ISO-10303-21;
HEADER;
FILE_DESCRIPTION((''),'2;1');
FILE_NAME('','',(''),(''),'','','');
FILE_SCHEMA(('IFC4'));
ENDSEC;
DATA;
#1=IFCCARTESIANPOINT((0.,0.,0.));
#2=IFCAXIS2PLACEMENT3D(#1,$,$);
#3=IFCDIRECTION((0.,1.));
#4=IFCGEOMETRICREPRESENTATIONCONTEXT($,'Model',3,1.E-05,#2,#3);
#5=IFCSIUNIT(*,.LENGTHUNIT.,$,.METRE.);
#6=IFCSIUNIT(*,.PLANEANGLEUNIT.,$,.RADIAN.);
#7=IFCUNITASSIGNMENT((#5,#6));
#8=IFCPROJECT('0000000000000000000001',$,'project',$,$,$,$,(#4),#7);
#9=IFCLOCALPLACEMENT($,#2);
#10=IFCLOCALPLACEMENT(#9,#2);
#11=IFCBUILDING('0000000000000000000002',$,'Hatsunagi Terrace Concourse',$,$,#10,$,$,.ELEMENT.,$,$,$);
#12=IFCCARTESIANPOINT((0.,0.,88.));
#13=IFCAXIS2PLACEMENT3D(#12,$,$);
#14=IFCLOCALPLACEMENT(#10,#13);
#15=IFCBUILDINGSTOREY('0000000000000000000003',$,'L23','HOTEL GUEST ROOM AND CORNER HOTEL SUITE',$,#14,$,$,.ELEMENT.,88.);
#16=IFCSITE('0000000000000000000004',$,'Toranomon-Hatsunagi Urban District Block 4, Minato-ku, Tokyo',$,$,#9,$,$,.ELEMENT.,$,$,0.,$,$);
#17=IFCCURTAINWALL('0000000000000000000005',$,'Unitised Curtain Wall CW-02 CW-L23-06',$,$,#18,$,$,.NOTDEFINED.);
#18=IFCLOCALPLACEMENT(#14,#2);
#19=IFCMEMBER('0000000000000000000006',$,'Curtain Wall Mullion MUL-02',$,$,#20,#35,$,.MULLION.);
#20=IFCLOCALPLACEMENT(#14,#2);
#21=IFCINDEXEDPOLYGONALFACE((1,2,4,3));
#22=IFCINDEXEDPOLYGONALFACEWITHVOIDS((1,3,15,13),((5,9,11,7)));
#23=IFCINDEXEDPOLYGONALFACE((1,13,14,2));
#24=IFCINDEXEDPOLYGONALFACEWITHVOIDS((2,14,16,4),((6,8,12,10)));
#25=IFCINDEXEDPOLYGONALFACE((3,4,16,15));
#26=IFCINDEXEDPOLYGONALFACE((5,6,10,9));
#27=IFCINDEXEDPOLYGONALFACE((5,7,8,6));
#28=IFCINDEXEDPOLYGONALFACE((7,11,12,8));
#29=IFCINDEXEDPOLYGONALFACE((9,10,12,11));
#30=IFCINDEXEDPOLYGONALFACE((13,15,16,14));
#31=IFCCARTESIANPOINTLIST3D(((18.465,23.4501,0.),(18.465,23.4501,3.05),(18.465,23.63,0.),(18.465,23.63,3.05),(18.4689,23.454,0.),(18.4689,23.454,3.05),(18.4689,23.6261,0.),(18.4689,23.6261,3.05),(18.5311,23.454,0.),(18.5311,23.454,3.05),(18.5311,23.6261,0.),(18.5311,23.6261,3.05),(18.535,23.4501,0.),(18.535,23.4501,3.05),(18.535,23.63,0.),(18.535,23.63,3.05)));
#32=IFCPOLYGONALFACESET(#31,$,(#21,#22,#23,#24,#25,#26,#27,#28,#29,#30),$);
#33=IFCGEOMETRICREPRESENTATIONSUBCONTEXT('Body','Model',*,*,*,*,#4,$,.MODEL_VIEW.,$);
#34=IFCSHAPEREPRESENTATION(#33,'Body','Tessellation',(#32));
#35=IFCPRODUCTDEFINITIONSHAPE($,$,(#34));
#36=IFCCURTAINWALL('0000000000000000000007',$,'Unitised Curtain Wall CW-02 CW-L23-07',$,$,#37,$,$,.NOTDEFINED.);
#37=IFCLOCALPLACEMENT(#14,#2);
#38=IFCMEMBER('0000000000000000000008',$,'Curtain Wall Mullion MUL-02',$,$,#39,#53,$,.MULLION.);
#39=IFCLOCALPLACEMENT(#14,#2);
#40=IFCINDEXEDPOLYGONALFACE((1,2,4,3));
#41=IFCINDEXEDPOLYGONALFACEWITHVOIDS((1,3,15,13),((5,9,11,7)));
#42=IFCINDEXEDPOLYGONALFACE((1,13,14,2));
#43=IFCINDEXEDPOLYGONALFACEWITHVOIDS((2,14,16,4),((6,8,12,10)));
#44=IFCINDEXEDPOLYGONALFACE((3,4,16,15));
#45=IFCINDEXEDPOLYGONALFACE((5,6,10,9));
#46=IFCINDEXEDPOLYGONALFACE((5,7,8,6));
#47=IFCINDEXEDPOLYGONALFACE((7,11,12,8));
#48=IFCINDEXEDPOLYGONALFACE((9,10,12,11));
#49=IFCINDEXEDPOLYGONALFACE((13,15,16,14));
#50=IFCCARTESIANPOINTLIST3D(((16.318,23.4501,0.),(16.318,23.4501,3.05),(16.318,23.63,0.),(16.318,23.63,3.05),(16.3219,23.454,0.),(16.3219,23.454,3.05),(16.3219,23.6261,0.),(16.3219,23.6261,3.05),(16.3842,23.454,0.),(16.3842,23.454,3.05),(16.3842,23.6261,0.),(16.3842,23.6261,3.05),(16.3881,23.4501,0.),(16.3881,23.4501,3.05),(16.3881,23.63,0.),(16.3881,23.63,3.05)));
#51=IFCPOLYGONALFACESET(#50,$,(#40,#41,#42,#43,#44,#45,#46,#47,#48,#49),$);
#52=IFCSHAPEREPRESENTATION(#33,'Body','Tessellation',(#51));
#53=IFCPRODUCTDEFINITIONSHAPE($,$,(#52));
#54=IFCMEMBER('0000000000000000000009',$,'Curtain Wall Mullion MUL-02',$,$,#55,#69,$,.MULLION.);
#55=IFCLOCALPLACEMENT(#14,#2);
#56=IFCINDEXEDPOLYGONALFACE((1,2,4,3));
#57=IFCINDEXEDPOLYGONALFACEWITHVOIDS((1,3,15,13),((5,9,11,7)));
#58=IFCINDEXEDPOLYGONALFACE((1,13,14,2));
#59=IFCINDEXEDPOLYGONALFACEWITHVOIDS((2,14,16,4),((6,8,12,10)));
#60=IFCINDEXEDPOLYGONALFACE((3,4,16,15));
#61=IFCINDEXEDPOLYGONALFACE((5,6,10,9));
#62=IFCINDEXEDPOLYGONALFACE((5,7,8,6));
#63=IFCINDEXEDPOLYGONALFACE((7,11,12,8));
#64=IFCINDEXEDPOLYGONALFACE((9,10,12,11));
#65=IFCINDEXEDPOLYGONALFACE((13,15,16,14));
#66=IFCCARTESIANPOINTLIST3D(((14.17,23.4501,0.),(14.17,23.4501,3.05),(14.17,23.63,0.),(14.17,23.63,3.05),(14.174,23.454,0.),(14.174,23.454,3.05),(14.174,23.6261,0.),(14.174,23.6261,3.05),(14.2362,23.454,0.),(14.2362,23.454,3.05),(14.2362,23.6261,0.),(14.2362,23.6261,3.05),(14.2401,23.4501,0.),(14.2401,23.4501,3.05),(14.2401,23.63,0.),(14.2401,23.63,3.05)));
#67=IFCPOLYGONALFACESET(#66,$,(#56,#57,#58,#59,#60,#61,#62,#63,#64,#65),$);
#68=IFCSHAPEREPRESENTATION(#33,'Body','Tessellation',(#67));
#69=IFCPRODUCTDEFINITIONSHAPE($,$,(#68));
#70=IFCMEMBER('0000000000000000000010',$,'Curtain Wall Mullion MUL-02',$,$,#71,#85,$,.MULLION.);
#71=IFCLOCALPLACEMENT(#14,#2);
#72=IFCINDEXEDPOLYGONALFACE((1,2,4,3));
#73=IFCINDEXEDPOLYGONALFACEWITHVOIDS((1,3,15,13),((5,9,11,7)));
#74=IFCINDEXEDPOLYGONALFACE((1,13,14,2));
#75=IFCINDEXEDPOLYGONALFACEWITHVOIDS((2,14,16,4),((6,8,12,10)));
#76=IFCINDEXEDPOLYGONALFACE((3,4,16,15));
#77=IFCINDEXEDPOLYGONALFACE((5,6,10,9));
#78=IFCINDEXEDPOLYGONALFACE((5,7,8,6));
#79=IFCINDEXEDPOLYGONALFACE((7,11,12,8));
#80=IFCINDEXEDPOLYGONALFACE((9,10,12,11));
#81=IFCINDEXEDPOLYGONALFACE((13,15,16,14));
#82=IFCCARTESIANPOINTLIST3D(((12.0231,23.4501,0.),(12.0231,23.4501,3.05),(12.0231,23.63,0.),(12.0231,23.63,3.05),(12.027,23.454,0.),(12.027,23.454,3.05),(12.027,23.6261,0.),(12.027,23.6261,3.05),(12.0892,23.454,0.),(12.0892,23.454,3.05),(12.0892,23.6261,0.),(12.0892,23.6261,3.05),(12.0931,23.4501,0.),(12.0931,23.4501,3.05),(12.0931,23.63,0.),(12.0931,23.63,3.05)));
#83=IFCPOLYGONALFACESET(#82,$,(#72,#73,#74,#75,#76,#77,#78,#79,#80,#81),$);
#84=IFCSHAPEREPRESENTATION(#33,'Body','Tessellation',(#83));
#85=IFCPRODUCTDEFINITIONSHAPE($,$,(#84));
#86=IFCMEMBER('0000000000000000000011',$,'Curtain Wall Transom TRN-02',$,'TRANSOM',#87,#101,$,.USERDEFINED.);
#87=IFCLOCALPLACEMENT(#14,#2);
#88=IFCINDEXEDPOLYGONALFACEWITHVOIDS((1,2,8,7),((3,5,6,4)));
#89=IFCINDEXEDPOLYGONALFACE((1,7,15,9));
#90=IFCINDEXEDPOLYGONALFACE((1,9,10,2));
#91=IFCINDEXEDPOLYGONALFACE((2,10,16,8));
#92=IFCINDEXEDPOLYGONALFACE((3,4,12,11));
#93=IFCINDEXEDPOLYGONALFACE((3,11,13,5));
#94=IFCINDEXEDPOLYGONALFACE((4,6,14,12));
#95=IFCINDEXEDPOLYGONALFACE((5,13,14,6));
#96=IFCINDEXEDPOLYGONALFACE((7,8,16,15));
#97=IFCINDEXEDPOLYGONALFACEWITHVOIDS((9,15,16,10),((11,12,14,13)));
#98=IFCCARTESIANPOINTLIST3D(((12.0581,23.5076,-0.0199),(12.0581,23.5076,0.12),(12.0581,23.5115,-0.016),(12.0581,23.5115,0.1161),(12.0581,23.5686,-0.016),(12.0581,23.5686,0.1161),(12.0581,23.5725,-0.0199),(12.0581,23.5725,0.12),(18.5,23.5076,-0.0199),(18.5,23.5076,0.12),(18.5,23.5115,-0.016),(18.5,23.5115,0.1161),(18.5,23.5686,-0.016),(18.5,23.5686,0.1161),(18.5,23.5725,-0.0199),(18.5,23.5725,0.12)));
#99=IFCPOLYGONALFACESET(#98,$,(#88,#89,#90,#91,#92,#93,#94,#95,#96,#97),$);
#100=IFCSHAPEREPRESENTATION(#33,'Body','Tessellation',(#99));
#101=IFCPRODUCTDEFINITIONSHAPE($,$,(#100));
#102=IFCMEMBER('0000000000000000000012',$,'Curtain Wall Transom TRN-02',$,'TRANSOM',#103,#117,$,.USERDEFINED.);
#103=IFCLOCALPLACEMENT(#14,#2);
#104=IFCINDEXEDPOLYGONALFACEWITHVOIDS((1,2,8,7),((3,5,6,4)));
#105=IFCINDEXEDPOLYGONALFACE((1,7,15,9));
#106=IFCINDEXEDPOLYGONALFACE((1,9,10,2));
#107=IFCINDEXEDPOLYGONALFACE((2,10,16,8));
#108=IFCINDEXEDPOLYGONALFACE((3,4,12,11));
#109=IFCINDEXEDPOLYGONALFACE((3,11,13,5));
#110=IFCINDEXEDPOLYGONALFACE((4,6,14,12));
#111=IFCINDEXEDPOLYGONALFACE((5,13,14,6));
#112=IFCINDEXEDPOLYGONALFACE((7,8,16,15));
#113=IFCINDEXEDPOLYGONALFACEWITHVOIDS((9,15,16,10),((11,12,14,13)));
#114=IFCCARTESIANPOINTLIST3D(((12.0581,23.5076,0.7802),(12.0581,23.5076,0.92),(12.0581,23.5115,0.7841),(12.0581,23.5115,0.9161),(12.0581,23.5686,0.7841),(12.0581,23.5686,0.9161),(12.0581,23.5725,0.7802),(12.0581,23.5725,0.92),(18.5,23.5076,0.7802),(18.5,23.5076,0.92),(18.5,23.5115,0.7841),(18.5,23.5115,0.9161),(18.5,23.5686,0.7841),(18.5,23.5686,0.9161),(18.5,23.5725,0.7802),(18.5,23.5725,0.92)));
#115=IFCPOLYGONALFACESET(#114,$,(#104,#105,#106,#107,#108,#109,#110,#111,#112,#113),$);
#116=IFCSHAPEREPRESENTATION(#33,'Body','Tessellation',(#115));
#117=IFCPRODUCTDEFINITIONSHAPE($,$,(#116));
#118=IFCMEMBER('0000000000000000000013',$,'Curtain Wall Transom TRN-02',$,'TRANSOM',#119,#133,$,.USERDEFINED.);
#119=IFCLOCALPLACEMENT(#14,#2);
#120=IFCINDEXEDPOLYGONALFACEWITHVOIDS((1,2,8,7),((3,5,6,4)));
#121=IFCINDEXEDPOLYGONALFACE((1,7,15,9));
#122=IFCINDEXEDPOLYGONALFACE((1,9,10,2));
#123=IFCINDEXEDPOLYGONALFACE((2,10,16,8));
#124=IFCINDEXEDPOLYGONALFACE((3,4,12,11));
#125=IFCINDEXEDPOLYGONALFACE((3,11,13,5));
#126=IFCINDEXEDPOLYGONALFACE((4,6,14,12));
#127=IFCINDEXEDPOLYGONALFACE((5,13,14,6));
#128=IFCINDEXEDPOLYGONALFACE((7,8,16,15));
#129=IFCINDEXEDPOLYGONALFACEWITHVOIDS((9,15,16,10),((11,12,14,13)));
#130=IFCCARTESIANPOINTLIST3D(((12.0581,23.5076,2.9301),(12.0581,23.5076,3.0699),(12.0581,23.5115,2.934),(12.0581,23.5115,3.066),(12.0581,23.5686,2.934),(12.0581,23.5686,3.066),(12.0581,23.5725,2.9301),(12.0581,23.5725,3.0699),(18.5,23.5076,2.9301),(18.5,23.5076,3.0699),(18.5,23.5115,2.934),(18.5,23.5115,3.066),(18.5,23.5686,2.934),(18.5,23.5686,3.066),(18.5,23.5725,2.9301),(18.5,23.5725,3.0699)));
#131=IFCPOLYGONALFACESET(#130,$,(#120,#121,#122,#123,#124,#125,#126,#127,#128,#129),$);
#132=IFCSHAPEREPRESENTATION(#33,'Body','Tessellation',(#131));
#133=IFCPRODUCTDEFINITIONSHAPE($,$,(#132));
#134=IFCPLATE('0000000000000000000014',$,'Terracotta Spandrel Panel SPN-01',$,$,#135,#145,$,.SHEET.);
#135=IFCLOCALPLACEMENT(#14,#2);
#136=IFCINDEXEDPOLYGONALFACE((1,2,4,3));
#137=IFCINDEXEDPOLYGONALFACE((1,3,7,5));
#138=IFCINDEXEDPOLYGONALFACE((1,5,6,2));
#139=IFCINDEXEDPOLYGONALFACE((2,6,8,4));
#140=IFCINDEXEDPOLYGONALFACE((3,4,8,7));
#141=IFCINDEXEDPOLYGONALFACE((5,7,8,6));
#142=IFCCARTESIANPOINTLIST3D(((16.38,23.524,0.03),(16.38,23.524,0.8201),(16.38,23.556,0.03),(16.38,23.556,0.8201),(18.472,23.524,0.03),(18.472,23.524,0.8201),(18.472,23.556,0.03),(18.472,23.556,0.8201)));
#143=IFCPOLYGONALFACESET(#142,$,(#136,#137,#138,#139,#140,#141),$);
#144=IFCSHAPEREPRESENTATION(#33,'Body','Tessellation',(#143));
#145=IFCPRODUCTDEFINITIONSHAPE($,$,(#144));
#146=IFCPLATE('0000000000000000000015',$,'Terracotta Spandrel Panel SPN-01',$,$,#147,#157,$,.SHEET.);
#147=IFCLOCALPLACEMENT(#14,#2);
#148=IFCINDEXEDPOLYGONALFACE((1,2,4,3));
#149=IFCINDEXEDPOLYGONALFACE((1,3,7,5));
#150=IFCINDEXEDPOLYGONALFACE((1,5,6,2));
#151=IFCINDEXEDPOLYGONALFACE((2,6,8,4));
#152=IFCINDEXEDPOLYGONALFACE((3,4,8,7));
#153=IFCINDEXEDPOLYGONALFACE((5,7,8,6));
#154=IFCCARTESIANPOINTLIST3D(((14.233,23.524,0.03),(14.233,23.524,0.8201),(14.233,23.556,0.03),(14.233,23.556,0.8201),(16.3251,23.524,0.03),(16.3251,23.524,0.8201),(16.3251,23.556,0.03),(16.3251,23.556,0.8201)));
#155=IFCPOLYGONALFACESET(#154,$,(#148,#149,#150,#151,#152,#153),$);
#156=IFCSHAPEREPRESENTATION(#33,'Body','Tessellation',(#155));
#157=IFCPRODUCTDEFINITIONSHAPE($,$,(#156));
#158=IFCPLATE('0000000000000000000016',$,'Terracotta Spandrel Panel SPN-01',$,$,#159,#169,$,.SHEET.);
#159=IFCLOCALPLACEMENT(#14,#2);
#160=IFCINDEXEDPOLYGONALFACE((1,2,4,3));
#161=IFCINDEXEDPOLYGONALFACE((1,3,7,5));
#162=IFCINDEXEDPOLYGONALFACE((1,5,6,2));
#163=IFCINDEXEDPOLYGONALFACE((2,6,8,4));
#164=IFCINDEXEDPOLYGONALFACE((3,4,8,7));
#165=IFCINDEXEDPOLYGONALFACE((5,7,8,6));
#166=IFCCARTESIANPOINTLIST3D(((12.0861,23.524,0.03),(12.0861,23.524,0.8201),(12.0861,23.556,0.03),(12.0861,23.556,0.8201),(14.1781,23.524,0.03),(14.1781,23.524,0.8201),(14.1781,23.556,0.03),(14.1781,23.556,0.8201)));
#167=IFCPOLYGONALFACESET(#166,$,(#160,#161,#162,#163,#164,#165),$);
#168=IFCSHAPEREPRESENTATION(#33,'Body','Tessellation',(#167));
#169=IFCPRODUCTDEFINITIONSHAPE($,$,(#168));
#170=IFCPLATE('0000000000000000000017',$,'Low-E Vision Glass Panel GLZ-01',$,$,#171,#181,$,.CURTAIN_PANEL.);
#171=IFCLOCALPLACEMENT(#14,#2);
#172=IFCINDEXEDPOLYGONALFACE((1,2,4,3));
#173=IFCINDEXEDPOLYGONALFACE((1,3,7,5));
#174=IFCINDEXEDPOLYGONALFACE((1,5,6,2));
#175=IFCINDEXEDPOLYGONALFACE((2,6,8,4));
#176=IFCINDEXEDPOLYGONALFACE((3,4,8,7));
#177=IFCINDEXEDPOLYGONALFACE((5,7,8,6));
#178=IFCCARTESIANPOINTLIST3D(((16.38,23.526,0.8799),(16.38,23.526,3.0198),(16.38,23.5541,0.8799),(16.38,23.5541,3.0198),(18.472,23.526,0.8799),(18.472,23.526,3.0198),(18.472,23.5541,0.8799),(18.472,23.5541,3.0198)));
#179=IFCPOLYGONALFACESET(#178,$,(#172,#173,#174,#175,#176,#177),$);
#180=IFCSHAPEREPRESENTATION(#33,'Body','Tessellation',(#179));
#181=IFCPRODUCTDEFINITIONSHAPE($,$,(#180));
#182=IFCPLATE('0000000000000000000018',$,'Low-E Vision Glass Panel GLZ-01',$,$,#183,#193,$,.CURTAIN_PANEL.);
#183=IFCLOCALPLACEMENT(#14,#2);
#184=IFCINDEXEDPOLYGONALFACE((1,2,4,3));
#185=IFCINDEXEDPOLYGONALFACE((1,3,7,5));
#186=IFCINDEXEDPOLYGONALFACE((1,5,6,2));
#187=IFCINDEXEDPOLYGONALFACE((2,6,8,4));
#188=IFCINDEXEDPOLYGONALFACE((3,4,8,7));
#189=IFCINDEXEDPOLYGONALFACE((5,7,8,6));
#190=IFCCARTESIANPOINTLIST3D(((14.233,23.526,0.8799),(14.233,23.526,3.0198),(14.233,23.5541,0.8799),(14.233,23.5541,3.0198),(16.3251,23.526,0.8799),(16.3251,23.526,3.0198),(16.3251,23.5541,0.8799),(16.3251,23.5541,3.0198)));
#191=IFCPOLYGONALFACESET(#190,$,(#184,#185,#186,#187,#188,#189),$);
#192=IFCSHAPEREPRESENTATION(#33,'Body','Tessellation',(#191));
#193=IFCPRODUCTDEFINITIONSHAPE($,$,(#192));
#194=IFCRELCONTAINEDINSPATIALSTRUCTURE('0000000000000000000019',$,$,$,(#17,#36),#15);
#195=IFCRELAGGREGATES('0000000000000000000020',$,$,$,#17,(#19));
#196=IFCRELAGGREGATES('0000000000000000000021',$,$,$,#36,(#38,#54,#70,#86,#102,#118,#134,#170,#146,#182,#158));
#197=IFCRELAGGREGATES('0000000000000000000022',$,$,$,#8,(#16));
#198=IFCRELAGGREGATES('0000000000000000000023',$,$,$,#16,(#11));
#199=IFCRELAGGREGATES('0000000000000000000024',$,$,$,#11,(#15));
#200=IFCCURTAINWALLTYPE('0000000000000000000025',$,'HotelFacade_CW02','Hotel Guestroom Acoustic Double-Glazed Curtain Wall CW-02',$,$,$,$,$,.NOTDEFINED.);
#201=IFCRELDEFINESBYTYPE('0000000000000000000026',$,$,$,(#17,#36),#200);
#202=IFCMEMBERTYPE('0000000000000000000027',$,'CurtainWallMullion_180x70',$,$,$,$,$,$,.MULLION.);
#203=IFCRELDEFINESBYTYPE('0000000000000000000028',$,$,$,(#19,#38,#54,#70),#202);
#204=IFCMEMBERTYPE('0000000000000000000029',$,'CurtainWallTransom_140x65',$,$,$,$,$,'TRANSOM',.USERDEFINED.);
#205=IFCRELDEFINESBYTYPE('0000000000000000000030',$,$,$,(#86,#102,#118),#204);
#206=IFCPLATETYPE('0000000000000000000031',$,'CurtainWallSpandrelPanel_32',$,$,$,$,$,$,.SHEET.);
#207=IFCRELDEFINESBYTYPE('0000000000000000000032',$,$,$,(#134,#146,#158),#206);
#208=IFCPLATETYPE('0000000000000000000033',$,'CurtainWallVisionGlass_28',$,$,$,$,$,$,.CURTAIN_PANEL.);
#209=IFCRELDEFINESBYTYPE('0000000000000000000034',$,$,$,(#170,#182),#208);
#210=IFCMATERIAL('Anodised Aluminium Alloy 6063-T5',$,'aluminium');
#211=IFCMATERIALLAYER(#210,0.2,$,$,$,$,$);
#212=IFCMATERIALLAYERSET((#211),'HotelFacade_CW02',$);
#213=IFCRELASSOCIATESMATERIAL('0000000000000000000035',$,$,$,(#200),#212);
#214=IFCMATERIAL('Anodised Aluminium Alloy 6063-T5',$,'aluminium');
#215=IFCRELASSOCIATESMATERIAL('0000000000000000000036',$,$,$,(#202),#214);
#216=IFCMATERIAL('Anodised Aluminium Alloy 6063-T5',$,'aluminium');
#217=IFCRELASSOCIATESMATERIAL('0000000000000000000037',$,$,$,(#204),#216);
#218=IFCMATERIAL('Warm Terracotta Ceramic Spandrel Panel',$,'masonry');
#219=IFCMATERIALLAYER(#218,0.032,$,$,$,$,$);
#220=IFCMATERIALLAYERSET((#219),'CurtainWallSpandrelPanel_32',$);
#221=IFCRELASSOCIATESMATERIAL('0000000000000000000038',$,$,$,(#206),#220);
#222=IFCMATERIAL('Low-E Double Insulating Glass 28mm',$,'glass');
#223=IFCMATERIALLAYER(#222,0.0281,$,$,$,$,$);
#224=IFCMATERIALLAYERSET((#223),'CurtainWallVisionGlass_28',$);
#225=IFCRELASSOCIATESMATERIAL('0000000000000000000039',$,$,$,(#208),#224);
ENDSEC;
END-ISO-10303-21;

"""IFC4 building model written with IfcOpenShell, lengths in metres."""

from ifc_helpers import new_model, si_unit, direction, frame, origin, origin_2d, place, context, subcontext, project, spatial, rectangle, hollow_rectangle, extrude, material, layer, layer_set, material_profile, profile_set, type_object, element, aggregate, save


model = new_model("IFC4")

# Units and contexts
model_context = context("Model", 3, precision=1e-05, world=origin(), true_north=direction((0.0, 1.0)))
body_context = subcontext(model_context, "Body", "Model", "MODEL_VIEW")
ifc_project = project(units=[si_unit("LENGTHUNIT", "METRE"), si_unit("PLANEANGLEUNIT", "RADIAN")], contexts=[model_context])

# Site, building, storey
site_placement = place(None, origin())
site = spatial("IfcSite", under=ifc_project, at=site_placement, Name="Toranomon-Hatsunagi Urban District Block 4, Minato-ku, Tokyo", CompositionType="ELEMENT", RefElevation=0.0)
building_placement = place(site_placement, origin())
building = spatial("IfcBuilding", under=site, at=building_placement, Name="Hatsunagi Terrace Concourse", CompositionType="ELEMENT")
storey_placement = place(building_placement, frame((0.0, 0.0, 88.0)))
storey = spatial("IfcBuildingStorey", under=building, at=storey_placement, Name="L23", Description="HOTEL GUEST ROOM AND CORNER HOTEL SUITE", CompositionType="ELEMENT", Elevation=88.0)

# Curtain wall, member
ifc_material_1 = material(Name="Anodised Aluminium Alloy 6063-T5", Category="aluminium")
ifc_layer_1 = layer(ifc_material_1, 0.2)
ifc_layer_set_1 = layer_set([ifc_layer_1], Name="HotelFacade_CW02")
curtain_wall_type = type_object("IfcCurtainWallType", Name="HotelFacade_CW02", Description="Hotel Guestroom Acoustic Double-Glazed Curtain Wall CW-02", PredefinedType="NOTDEFINED", material=ifc_layer_set_1)
curtain_wall_1_placement = place(storey_placement, origin())
curtain_wall_1 = element("IfcCurtainWall", 1, at=curtain_wall_1_placement, inside=storey, type_object=curtain_wall_type, Name="Unitised Curtain Wall CW-02 CW-L23-06", PredefinedType="NOTDEFINED")
ifc_material_2 = material(Name="Anodised Aluminium Alloy 6063-T5", Category="aluminium")
ifc_material_profile_1 = material_profile(ifc_material_2, hollow_rectangle(XDim=0.0701, YDim=0.1799, WallThickness=0.0039, at=origin_2d()), Name="ALU-MUL-180x70x4")
ifc_profile_set_1 = profile_set([ifc_material_profile_1], Name="Anodised Aluminium Alloy 6063-T5")
member_type_1 = type_object("IfcMemberType", Name="CurtainWallMullion_180x70", PredefinedType="MULLION", material=ifc_profile_set_1)
member_1_placement = place(storey_placement, frame((18.5, 23.54, 0.0), z_axis=(0.0, 0.0, 1.0), x_axis=(-1.0, 0.0, 0.0)))
member_1 = element("IfcMember", 2, at=member_1_placement, type_object=member_type_1, Name="Curtain Wall Mullion MUL-02", PredefinedType="MULLION", context=body_context, shape_type="SweptSolid", body=[
    extrude(hollow_rectangle(XDim=0.0701, YDim=0.1799, WallThickness=0.0039, at=origin_2d()), origin(), (0.0, 0.0, 1.0), 3.05),
])
aggregate(curtain_wall_1, [member_1])

# Curtain wall, members, plates
curtain_wall_2_placement = place(storey_placement, origin())
curtain_wall_2 = element("IfcCurtainWall", 3, at=curtain_wall_2_placement, inside=storey, type_object=curtain_wall_type, Name="Unitised Curtain Wall CW-02 CW-L23-07", PredefinedType="NOTDEFINED")
member_2_placement = place(storey_placement, frame((16.353, 23.54, 0.0), z_axis=(0.0, 0.0, 1.0), x_axis=(-1.0, 0.0, 0.0)))
member_2 = element("IfcMember", 4, at=member_2_placement, type_object=member_type_1, Name="Curtain Wall Mullion MUL-02", PredefinedType="MULLION", context=body_context, shape_type="SweptSolid", body=[
    extrude(hollow_rectangle(XDim=0.0701, YDim=0.1799, WallThickness=0.0039, at=origin_2d()), origin(), (0.0, 0.0, 1.0), 3.05),
])
member_3_placement = place(storey_placement, frame((14.2051, 23.54, 0.0), z_axis=(0.0, 0.0, 1.0), x_axis=(-1.0, 0.0, 0.0)))
member_3 = element("IfcMember", 5, at=member_3_placement, type_object=member_type_1, Name="Curtain Wall Mullion MUL-02", PredefinedType="MULLION", context=body_context, shape_type="SweptSolid", body=[
    extrude(hollow_rectangle(XDim=0.0701, YDim=0.1799, WallThickness=0.0039, at=origin_2d()), origin(), (0.0, 0.0, 1.0), 3.05),
])
member_4_placement = place(storey_placement, frame((12.0581, 23.54, 0.0), z_axis=(0.0, 0.0, 1.0), x_axis=(-1.0, 0.0, 0.0)))
member_4 = element("IfcMember", 6, at=member_4_placement, type_object=member_type_1, Name="Curtain Wall Mullion MUL-02", PredefinedType="MULLION", context=body_context, shape_type="SweptSolid", body=[
    extrude(hollow_rectangle(XDim=0.0701, YDim=0.1799, WallThickness=0.0039, at=origin_2d()), origin(), (0.0, 0.0, 1.0), 3.05),
])
ifc_material_3 = material(Name="Anodised Aluminium Alloy 6063-T5", Category="aluminium")
ifc_material_profile_2 = material_profile(ifc_material_3, hollow_rectangle(XDim=0.0649, YDim=0.1399, WallThickness=0.0039, at=origin_2d()), Name="ALU-TRN-140x65x4")
ifc_profile_set_2 = profile_set([ifc_material_profile_2], Name="Anodised Aluminium Alloy 6063-T5")
member_type_2 = type_object("IfcMemberType", Name="CurtainWallTransom_140x65", ElementType="TRANSOM", PredefinedType="USERDEFINED", material=ifc_profile_set_2)
member_5_placement = place(storey_placement, frame((18.5, 23.54, 0.05), z_axis=(-1.0, 0.0, 0.0), x_axis=(0.0, -1.0, 0.0)))
member_5 = element("IfcMember", 7, at=member_5_placement, type_object=member_type_2, Name="Curtain Wall Transom TRN-02", ObjectType="TRANSOM", PredefinedType="USERDEFINED", context=body_context, shape_type="SweptSolid", body=[
    extrude(hollow_rectangle(XDim=0.0649, YDim=0.1399, WallThickness=0.0039, at=origin_2d()), origin(), (0.0, 0.0, 1.0), 6.4419),
])
member_6_placement = place(storey_placement, frame((18.5, 23.54, 0.8501), z_axis=(-1.0, 0.0, 0.0), x_axis=(0.0, -1.0, 0.0)))
member_6 = element("IfcMember", 8, at=member_6_placement, type_object=member_type_2, Name="Curtain Wall Transom TRN-02", ObjectType="TRANSOM", PredefinedType="USERDEFINED", context=body_context, shape_type="SweptSolid", body=[
    extrude(hollow_rectangle(XDim=0.0649, YDim=0.1399, WallThickness=0.0039, at=origin_2d()), origin(), (0.0, 0.0, 1.0), 6.4419),
])
member_7_placement = place(storey_placement, frame((18.5, 23.54, 3.0), z_axis=(-1.0, 0.0, 0.0), x_axis=(0.0, -1.0, 0.0)))
member_7 = element("IfcMember", 9, at=member_7_placement, type_object=member_type_2, Name="Curtain Wall Transom TRN-02", ObjectType="TRANSOM", PredefinedType="USERDEFINED", context=body_context, shape_type="SweptSolid", body=[
    extrude(hollow_rectangle(XDim=0.0649, YDim=0.1399, WallThickness=0.0039, at=origin_2d()), origin(), (0.0, 0.0, 1.0), 6.4419),
])
ifc_material_4 = material(Name="Warm Terracotta Ceramic Spandrel Panel", Category="masonry")
ifc_layer_2 = layer(ifc_material_4, 0.032)
ifc_layer_set_2 = layer_set([ifc_layer_2], Name="CurtainWallSpandrelPanel_32")
plate_type_1 = type_object("IfcPlateType", Name="CurtainWallSpandrelPanel_32", PredefinedType="SHEET", material=ifc_layer_set_2)
plate_1_placement = place(storey_placement, frame((17.426, 23.54, 0.03), z_axis=(0.0, 0.0, 1.0), x_axis=(-1.0, 0.0, 0.0)))
plate_1 = element("IfcPlate", 10, at=plate_1_placement, type_object=plate_type_1, Name="Terracotta Spandrel Panel SPN-01", PredefinedType="SHEET", context=body_context, shape_type="SweptSolid", body=[
    extrude(rectangle(XDim=2.092, YDim=0.032, at=origin_2d()), origin(), (0.0, 0.0, 1.0), 0.79),
])
plate_2_placement = place(storey_placement, frame((15.2791, 23.54, 0.03), z_axis=(0.0, 0.0, 1.0), x_axis=(-1.0, 0.0, 0.0)))
plate_2 = element("IfcPlate", 11, at=plate_2_placement, type_object=plate_type_1, Name="Terracotta Spandrel Panel SPN-01", PredefinedType="SHEET", context=body_context, shape_type="SweptSolid", body=[
    extrude(rectangle(XDim=2.092, YDim=0.032, at=origin_2d()), origin(), (0.0, 0.0, 1.0), 0.79),
])
plate_3_placement = place(storey_placement, frame((13.1321, 23.54, 0.03), z_axis=(0.0, 0.0, 1.0), x_axis=(-1.0, 0.0, 0.0)))
plate_3 = element("IfcPlate", 12, at=plate_3_placement, type_object=plate_type_1, Name="Terracotta Spandrel Panel SPN-01", PredefinedType="SHEET", context=body_context, shape_type="SweptSolid", body=[
    extrude(rectangle(XDim=2.092, YDim=0.032, at=origin_2d()), origin(), (0.0, 0.0, 1.0), 0.79),
])
ifc_material_5 = material(Name="Low-E Double Insulating Glass 28mm", Category="glass")
ifc_layer_3 = layer(ifc_material_5, 0.0281)
ifc_layer_set_3 = layer_set([ifc_layer_3], Name="CurtainWallVisionGlass_28")
plate_type_2 = type_object("IfcPlateType", Name="CurtainWallVisionGlass_28", PredefinedType="CURTAIN_PANEL", material=ifc_layer_set_3)
plate_4_placement = place(storey_placement, frame((17.426, 23.54, 0.8799), z_axis=(0.0, 0.0, 1.0), x_axis=(-1.0, 0.0, 0.0)))
plate_4 = element("IfcPlate", 13, at=plate_4_placement, type_object=plate_type_2, Name="Low-E Vision Glass Panel GLZ-01", PredefinedType="CURTAIN_PANEL", context=body_context, shape_type="SweptSolid", body=[
    extrude(rectangle(XDim=2.092, YDim=0.0281, at=origin_2d()), origin(), (0.0, 0.0, 1.0), 2.1399),
])
plate_5_placement = place(storey_placement, frame((15.2791, 23.54, 0.8799), z_axis=(0.0, 0.0, 1.0), x_axis=(-1.0, 0.0, 0.0)))
plate_5 = element("IfcPlate", 14, at=plate_5_placement, type_object=plate_type_2, Name="Low-E Vision Glass Panel GLZ-01", PredefinedType="CURTAIN_PANEL", context=body_context, shape_type="SweptSolid", body=[
    extrude(rectangle(XDim=2.092, YDim=0.0281, at=origin_2d()), origin(), (0.0, 0.0, 1.0), 2.1399),
])
aggregate(curtain_wall_2, [member_2, member_3, member_4, member_5, member_6, member_7, plate_1, plate_4, plate_2, plate_5, plate_3])

save(model, "model.ifc")
